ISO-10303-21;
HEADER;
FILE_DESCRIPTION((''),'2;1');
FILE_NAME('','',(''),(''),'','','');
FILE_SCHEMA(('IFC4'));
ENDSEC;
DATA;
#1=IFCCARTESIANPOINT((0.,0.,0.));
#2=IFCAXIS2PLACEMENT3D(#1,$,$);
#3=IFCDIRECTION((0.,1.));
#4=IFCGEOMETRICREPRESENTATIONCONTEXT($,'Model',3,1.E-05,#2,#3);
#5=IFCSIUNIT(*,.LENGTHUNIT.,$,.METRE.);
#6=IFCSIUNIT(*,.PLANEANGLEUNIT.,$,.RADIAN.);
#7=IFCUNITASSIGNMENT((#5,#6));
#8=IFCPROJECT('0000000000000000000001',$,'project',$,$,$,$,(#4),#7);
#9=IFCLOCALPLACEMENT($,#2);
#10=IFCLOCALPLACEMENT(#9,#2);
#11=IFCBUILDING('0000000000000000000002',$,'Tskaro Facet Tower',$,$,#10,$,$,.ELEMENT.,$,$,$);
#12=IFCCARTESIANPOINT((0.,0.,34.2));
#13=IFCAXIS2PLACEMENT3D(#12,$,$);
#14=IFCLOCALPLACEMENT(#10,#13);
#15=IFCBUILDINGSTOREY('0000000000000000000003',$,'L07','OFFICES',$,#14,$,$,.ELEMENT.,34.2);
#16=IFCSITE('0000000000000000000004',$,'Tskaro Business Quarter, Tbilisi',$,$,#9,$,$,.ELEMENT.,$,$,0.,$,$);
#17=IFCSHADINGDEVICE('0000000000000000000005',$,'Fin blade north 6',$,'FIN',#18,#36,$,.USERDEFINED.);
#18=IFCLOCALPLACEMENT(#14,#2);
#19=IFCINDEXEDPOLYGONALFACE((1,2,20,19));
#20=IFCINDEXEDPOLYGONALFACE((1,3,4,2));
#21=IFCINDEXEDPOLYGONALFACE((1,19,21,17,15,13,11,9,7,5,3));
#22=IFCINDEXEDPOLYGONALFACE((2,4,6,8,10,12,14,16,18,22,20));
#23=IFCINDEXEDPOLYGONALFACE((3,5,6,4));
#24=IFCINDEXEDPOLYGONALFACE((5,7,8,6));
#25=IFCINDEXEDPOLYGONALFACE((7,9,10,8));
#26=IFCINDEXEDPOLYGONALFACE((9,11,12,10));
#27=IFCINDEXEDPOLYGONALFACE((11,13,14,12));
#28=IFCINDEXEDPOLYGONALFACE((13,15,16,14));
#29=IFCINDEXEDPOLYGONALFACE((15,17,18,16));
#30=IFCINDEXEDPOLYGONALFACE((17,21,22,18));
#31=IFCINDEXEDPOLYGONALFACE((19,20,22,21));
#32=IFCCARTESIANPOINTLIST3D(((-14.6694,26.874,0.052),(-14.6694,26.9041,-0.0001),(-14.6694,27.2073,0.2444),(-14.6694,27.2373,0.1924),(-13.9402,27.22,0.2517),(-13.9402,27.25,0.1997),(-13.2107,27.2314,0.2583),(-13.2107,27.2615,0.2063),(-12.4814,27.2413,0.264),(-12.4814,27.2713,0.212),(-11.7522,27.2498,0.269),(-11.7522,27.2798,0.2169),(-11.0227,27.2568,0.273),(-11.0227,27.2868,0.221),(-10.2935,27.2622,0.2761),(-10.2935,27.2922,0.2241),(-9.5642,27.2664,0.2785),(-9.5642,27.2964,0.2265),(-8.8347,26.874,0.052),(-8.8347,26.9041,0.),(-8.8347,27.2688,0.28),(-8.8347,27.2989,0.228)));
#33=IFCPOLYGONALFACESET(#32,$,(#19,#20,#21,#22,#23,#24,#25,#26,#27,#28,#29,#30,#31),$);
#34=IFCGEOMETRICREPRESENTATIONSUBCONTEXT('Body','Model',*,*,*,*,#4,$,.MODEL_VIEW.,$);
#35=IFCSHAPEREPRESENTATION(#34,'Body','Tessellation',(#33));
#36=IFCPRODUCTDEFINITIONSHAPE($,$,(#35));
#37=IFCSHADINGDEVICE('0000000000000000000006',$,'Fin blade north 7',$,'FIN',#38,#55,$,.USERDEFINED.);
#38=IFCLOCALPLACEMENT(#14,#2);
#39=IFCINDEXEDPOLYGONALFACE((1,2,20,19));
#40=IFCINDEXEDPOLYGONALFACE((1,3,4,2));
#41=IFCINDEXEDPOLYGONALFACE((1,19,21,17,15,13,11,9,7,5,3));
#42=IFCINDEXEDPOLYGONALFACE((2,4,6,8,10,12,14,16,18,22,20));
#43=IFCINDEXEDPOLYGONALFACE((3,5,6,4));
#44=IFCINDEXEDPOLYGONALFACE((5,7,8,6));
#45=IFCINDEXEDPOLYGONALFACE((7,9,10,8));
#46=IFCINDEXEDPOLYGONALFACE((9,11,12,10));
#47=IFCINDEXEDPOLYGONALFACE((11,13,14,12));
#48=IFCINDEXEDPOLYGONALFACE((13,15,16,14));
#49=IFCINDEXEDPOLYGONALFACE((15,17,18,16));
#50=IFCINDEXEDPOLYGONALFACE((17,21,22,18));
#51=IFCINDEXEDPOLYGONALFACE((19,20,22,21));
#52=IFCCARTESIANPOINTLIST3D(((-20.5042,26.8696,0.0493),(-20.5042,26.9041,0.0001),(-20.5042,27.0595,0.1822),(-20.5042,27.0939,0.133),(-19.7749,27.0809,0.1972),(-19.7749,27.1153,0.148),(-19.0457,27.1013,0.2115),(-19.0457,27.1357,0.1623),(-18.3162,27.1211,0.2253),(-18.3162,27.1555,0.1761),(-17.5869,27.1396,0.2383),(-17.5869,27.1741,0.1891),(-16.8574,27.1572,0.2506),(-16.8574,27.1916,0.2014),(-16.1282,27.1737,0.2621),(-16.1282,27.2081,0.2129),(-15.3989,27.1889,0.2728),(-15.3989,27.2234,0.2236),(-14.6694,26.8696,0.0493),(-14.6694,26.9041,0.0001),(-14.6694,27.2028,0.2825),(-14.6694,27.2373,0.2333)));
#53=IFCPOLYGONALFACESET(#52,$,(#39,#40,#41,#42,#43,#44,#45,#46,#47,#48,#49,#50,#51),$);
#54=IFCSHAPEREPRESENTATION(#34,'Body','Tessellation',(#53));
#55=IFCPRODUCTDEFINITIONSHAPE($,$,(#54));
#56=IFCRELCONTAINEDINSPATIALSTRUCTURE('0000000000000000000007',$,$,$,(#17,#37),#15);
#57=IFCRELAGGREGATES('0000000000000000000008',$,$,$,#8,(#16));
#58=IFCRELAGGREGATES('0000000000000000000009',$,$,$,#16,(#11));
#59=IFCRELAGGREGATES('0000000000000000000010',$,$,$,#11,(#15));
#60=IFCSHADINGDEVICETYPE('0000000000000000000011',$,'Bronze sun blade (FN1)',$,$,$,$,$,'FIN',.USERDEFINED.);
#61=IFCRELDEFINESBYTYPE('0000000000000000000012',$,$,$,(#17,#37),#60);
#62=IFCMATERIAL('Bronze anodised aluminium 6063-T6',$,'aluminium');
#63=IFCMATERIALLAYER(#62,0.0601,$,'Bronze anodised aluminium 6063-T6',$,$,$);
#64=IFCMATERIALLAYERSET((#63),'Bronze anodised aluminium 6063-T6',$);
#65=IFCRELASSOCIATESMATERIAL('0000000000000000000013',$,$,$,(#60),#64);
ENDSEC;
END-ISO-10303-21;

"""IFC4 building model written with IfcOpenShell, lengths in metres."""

from ifc_helpers import new_model, si_unit, direction, frame, origin, place, context, subcontext, project, spatial, polyline, outline, extrude, material, layer, layer_set, type_object, element, save


model = new_model("IFC4")

# Units and contexts
model_context = context("Model", 3, precision=1e-05, world=origin(), true_north=direction((0.0, 1.0)))
body_context = subcontext(model_context, "Body", "Model", "MODEL_VIEW")
ifc_project = project(units=[si_unit("LENGTHUNIT", "METRE"), si_unit("PLANEANGLEUNIT", "RADIAN")], contexts=[model_context])

# Site, building, storey
site_placement = place(None, origin())
site = spatial("IfcSite", under=ifc_project, at=site_placement, Name="Tskaro Business Quarter, Tbilisi", CompositionType="ELEMENT", RefElevation=0.0)
building_placement = place(site_placement, origin())
building = spatial("IfcBuilding", under=site, at=building_placement, Name="Tskaro Facet Tower", CompositionType="ELEMENT")
storey_placement = place(building_placement, frame((0.0, 0.0, 34.2)))
storey = spatial("IfcBuildingStorey", under=building, at=storey_placement, Name="L07", Description="OFFICES", CompositionType="ELEMENT", Elevation=34.2)

# Shared definitions
ifc_material_1 = material(Name="Bronze anodised aluminium 6063-T6", Category="aluminium")

# Shading devices
ifc_layer_1 = layer(ifc_material_1, 0.0601, Name="Bronze anodised aluminium 6063-T6")
ifc_layer_set_1 = layer_set([ifc_layer_1], Name="Bronze anodised aluminium 6063-T6")
shading_device_type = type_object("IfcShadingDeviceType", Name="Bronze sun blade (FN1)", ElementType="FIN", PredefinedType="USERDEFINED", material=ifc_layer_set_1)
shading_device_1_placement = place(storey_placement, frame((-8.8347, 26.874, 0.052), z_axis=(-0.000009, -0.500047, 0.865999), x_axis=(-1.0, 0.000005, -0.000008)))
element("IfcShadingDevice", 1, at=shading_device_1_placement, inside=storey, type_object=shading_device_type, Name="Fin blade north 6", ObjectType="FIN", PredefinedType="USERDEFINED", context=body_context, shape_type="SweptSolid", body=[
    extrude(outline(polyline([(0.0, 0.0), (5.8347, 0.0), (5.8347, -0.3848), (5.1055, -0.3995), (4.376, -0.4127), (3.6467, -0.4241), (2.9175, -0.4339), (2.188, -0.442), (1.4587, -0.4482), (0.7295, -0.4531), (0.0, -0.4559), (0.0, 0.0)])), origin(), (0.0, 0.0, -1.0), 0.0601),
])
shading_device_2_placement = place(storey_placement, frame((-14.6694, 26.8696, 0.0493), z_axis=(0.000001, -0.573384, 0.819287), x_axis=(-1.0, 0.0, 0.000001)))
element("IfcShadingDevice", 2, at=shading_device_2_placement, inside=storey, type_object=shading_device_type, Name="Fin blade north 7", ObjectType="FIN", PredefinedType="USERDEFINED", context=body_context, shape_type="SweptSolid", body=[
    extrude(outline(polyline([(0.0, 0.0), (5.8347, 0.0), (5.8347, -0.2318), (5.1055, -0.2579), (4.3762, -0.2828), (3.6467, -0.307), (2.9175, -0.3296), (2.188, -0.351), (1.4587, -0.3711), (0.7295, -0.3897), (0.0, -0.4067), (0.0, 0.0)])), origin(), (0.0, 0.0, -1.0), 0.0601),
])

save(model, "model.ifc")
